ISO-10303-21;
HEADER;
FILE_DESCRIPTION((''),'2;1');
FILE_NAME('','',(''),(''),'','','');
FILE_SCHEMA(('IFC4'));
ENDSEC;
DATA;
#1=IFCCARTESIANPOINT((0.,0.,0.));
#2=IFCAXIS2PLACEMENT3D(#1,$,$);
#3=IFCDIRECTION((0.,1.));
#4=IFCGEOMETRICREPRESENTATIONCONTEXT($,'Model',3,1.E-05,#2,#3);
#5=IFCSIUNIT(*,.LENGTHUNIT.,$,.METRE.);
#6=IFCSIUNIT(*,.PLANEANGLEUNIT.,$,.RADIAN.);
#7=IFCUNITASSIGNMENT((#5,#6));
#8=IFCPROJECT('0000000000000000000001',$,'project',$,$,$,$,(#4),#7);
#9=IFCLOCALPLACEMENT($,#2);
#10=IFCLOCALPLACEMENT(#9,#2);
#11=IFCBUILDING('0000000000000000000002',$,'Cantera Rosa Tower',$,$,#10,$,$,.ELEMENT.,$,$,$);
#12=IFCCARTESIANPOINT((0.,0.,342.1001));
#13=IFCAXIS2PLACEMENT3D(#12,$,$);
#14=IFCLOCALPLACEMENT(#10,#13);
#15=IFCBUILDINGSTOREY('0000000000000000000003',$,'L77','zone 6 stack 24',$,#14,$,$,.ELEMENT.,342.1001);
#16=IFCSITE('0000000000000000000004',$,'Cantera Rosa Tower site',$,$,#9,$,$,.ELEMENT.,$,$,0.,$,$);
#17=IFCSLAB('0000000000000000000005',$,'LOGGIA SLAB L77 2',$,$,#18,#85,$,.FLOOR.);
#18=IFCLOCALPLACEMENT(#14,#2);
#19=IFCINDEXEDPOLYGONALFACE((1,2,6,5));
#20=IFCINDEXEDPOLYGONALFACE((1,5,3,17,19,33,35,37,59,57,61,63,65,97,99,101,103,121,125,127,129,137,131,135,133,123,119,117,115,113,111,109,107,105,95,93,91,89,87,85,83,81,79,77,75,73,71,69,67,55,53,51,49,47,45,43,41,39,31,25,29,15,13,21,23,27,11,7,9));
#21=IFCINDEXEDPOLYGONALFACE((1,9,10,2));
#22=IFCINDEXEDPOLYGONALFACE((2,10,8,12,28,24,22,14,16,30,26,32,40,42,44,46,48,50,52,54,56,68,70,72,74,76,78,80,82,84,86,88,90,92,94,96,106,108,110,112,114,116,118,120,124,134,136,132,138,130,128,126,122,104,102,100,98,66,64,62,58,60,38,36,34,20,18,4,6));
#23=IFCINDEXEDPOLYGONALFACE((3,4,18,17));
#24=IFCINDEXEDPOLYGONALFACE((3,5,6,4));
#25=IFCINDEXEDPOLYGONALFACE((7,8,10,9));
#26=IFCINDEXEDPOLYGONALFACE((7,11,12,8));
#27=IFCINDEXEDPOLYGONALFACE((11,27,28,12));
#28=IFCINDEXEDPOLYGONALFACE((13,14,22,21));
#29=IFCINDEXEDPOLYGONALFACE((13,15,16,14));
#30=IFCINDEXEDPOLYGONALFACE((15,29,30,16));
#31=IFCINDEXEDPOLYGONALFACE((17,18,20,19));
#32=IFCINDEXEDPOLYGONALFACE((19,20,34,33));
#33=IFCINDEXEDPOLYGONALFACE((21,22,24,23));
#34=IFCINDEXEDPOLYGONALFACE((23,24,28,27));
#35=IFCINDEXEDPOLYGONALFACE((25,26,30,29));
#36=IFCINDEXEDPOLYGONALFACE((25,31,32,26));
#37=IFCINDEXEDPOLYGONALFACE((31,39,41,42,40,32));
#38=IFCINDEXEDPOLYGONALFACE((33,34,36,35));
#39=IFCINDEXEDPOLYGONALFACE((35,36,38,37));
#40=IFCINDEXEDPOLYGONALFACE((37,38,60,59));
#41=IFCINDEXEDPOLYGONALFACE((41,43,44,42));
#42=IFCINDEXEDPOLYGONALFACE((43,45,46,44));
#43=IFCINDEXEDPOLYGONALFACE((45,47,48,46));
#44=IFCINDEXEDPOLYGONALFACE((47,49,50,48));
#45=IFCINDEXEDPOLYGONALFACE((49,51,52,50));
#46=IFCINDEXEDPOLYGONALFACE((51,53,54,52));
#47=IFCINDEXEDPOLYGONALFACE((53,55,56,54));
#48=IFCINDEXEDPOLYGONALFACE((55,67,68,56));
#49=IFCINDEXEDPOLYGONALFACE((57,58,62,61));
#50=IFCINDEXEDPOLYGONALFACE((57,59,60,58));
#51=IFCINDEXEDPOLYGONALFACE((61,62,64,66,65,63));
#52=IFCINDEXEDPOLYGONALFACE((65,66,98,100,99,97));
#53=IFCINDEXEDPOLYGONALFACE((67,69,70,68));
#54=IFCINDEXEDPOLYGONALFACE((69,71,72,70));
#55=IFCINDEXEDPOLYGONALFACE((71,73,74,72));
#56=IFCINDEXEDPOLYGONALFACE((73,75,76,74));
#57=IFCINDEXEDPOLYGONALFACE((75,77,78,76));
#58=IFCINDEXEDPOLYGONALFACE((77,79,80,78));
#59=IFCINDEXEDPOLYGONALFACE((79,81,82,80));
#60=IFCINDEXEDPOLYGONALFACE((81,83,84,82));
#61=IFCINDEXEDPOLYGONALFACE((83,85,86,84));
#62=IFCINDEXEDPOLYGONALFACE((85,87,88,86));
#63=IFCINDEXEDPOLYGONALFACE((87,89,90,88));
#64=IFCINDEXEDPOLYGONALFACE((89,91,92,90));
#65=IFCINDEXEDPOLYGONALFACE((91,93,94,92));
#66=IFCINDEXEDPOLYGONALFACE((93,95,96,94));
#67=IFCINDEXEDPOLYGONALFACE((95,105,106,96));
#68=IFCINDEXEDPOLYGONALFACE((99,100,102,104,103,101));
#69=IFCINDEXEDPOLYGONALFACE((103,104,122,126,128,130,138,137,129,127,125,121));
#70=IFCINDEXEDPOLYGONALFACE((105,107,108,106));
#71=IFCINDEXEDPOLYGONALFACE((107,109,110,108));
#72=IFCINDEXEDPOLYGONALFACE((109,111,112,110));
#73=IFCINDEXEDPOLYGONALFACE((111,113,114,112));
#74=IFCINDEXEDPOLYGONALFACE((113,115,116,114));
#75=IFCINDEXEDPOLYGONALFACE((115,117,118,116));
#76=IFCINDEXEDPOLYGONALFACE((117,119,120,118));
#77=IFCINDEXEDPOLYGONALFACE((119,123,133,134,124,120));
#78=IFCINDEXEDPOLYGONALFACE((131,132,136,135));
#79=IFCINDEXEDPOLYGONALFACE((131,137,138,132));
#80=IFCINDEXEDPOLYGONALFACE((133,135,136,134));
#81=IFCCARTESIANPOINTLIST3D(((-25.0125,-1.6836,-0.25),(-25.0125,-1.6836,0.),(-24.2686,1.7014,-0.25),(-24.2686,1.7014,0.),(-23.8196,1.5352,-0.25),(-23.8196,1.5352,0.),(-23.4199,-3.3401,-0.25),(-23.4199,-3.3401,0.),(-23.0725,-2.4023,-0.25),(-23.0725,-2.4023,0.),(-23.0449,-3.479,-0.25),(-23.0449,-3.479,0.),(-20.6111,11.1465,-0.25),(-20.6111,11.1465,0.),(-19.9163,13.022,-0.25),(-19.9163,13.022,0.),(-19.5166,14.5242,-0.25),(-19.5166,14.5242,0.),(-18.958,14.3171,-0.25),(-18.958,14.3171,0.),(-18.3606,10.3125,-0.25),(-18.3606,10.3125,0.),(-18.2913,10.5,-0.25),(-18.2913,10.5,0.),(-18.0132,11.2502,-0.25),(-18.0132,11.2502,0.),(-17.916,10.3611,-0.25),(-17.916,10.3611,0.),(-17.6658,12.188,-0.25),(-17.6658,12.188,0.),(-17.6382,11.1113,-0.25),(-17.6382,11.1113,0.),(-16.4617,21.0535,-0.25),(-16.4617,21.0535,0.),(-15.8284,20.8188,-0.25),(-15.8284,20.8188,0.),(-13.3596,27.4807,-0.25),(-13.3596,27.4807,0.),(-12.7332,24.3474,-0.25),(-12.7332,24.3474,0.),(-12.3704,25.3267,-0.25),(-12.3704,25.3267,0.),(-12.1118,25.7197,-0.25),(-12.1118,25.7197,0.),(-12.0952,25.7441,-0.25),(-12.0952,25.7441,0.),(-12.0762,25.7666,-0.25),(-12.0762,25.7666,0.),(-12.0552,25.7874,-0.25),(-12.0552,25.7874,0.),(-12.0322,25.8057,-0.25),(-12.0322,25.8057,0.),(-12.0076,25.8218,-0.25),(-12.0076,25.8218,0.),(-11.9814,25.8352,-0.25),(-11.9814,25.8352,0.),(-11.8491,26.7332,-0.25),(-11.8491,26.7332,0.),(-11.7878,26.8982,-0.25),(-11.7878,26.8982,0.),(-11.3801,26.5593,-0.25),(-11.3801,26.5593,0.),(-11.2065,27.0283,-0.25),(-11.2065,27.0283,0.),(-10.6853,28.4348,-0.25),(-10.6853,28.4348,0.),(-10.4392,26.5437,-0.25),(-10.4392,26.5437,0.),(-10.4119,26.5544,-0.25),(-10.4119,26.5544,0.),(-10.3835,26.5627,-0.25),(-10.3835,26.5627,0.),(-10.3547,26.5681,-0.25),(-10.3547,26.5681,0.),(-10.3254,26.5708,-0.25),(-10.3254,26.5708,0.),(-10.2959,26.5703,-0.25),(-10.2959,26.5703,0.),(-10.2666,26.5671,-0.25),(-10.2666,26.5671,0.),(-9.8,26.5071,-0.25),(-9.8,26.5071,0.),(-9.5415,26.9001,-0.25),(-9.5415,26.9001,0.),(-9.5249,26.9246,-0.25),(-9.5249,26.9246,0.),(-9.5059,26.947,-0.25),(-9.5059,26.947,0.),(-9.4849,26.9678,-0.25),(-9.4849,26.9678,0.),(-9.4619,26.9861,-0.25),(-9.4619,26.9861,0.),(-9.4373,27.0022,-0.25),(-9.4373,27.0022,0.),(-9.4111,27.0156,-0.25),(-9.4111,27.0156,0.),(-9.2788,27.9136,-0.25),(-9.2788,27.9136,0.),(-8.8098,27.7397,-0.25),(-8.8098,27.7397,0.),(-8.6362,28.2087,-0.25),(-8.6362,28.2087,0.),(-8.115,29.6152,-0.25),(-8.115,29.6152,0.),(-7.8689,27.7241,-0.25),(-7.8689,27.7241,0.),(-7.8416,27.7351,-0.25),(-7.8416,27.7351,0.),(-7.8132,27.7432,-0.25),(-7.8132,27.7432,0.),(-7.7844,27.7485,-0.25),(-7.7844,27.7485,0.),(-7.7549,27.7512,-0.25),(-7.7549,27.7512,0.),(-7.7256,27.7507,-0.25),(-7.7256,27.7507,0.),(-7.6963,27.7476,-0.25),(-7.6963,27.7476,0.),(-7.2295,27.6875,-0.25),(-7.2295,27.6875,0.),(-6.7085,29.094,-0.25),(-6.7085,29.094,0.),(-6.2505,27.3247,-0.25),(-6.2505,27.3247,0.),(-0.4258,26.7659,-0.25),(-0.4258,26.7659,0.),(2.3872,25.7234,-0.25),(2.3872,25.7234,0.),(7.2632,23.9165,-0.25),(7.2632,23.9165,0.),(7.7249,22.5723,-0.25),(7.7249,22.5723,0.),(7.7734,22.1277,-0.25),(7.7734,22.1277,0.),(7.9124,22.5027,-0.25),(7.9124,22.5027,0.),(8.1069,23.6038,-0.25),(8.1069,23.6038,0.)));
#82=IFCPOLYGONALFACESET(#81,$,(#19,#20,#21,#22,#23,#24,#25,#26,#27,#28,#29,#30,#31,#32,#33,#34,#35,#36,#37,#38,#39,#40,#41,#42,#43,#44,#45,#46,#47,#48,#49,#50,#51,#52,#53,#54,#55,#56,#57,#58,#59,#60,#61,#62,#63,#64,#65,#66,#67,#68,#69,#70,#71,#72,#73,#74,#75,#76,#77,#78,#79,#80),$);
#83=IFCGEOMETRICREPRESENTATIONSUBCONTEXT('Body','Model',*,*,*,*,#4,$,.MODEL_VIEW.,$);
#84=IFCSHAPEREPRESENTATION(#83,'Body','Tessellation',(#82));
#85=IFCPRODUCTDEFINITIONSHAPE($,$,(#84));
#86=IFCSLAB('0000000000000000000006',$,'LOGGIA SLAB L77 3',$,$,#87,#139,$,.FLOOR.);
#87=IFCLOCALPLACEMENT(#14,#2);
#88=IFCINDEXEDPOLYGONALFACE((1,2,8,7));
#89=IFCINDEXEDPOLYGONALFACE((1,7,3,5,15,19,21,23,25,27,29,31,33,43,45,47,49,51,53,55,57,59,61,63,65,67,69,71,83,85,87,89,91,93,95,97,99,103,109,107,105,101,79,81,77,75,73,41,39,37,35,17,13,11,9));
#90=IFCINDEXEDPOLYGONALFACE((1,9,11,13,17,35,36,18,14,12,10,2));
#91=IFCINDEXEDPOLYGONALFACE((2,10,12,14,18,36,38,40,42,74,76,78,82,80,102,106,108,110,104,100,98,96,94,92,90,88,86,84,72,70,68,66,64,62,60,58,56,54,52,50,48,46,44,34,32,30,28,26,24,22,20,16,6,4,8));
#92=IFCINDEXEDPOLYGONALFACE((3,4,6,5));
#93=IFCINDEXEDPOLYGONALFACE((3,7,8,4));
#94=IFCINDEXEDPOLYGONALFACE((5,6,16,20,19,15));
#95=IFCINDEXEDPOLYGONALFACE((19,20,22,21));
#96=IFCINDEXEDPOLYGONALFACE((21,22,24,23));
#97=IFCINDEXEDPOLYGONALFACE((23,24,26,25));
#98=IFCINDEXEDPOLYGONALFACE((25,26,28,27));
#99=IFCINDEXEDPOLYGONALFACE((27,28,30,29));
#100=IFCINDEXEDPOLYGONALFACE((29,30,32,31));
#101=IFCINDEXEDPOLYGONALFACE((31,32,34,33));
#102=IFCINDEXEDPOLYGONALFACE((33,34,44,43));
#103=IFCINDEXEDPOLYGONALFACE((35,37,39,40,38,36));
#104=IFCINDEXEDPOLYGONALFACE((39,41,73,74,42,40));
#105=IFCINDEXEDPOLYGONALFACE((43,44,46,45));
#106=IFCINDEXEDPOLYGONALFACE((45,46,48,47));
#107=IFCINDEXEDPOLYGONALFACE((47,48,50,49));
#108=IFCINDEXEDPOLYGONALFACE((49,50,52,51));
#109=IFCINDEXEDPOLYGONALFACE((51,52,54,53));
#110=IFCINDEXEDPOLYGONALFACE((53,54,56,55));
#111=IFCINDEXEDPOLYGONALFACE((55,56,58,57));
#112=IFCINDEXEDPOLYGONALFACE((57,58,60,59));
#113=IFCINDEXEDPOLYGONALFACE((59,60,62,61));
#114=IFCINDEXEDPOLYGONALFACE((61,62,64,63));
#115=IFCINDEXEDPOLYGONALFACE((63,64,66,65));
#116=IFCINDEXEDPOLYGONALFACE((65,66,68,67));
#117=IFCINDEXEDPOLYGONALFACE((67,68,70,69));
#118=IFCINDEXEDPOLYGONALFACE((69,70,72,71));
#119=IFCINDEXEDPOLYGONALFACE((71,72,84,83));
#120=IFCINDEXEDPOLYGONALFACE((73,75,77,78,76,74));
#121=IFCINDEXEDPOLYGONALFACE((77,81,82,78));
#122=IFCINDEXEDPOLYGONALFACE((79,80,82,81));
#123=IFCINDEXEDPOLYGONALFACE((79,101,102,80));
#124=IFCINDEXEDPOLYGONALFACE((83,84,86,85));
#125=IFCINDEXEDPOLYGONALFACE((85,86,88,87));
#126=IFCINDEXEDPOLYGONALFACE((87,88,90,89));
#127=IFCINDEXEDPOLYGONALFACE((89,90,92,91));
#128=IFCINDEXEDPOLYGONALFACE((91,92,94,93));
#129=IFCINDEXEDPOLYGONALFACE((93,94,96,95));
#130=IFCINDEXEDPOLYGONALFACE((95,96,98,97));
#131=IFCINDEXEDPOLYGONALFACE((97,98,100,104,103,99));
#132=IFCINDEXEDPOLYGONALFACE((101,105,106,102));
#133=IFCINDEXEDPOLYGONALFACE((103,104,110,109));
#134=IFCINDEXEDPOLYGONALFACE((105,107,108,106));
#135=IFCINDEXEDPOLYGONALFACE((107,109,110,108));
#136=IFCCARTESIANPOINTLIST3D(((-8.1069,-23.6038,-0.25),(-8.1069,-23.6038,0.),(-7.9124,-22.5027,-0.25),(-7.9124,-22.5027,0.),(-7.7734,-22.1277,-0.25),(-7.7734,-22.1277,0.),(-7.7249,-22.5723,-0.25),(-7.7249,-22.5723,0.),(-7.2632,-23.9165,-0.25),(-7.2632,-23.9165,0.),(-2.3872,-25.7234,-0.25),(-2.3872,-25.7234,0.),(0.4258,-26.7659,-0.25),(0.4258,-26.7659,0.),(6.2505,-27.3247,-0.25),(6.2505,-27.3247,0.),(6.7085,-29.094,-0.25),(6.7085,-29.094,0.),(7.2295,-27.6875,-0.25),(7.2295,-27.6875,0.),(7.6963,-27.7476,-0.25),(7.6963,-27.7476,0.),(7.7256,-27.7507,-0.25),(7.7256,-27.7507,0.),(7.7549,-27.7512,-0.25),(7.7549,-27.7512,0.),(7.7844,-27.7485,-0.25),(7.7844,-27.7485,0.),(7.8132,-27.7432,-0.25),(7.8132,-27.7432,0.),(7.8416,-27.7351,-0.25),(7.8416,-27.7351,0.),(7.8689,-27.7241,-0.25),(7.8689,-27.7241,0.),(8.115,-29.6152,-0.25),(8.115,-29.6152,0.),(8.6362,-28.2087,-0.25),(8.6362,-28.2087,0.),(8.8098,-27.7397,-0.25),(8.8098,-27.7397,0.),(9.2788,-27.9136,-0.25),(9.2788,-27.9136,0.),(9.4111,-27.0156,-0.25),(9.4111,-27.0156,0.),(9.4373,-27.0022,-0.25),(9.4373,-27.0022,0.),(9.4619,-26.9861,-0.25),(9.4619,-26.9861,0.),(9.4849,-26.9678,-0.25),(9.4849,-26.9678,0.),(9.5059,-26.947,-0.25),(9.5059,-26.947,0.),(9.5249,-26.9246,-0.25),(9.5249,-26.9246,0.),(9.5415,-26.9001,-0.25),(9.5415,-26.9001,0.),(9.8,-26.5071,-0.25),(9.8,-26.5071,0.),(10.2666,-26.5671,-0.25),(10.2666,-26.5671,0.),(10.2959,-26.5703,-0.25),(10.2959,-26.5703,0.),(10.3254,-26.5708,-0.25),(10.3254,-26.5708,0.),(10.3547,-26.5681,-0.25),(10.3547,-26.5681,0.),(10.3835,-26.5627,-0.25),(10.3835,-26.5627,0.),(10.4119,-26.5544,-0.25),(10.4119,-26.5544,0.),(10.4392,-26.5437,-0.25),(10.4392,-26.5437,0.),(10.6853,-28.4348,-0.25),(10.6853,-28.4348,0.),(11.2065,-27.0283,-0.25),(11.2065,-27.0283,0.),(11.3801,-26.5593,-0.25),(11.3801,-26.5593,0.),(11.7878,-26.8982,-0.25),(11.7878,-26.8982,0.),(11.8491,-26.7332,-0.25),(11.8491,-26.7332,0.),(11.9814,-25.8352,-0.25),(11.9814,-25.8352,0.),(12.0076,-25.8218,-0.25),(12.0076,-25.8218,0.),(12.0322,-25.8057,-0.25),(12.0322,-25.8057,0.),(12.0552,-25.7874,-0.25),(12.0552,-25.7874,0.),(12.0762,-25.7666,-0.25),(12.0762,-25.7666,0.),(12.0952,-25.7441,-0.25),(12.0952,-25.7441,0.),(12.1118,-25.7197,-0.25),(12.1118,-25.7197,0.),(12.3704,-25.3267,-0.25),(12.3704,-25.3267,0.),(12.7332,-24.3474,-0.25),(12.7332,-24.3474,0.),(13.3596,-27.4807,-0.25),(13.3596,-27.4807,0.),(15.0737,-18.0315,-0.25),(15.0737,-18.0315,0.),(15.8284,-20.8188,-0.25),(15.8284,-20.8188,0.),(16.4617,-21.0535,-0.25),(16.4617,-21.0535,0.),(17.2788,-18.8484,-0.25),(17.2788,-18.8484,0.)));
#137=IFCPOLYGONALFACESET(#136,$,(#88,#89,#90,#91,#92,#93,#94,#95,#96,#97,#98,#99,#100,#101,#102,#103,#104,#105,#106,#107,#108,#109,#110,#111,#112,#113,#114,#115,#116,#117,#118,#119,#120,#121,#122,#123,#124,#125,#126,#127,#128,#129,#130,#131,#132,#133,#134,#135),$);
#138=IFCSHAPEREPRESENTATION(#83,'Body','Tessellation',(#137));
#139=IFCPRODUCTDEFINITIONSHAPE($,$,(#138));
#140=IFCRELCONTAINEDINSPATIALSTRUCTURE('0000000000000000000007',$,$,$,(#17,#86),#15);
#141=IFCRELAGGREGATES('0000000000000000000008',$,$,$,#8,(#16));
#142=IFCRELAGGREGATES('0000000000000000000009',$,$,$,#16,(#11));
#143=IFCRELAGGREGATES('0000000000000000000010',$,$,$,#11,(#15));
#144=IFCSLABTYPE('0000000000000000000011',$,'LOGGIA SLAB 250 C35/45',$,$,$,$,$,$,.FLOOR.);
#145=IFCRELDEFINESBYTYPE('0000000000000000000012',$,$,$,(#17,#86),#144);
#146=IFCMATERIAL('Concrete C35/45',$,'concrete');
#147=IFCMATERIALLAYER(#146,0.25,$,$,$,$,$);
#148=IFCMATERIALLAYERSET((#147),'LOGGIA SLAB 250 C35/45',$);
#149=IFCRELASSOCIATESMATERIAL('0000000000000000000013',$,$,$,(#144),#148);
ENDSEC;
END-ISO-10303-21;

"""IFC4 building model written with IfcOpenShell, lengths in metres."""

from ifc_helpers import new_model, si_unit, direction, frame, origin, place, context, subcontext, project, spatial, polyline, outline, extrude, material, layer, layer_set, type_object, element, save


model = new_model("IFC4")

# Units and contexts
model_context = context("Model", 3, precision=1e-05, world=origin(), true_north=direction((0.0, 1.0)))
body_context = subcontext(model_context, "Body", "Model", "MODEL_VIEW")
ifc_project = project(units=[si_unit("LENGTHUNIT", "METRE"), si_unit("PLANEANGLEUNIT", "RADIAN")], contexts=[model_context])

# Site, building, storey
site_placement = place(None, origin())
site = spatial("IfcSite", under=ifc_project, at=site_placement, Name="Cantera Rosa Tower site", CompositionType="ELEMENT", RefElevation=0.0)
building_placement = place(site_placement, origin())
building = spatial("IfcBuilding", under=site, at=building_placement, Name="Cantera Rosa Tower", CompositionType="ELEMENT")
storey_placement = place(building_placement, frame((0.0, 0.0, 342.1001)))
storey = spatial("IfcBuildingStorey", under=building, at=storey_placement, Name="L77", Description="zone 6 stack 24", CompositionType="ELEMENT", Elevation=342.1001)

# Slabs
ifc_material_1 = material(Name="Concrete C35/45", Category="concrete")
ifc_layer_1 = layer(ifc_material_1, 0.25)
ifc_layer_set_1 = layer_set([ifc_layer_1], Name="LOGGIA SLAB 250 C35/45")
slab_type_1 = type_object("IfcSlabType", Name="LOGGIA SLAB 250 C35/45", PredefinedType="FLOOR", material=ifc_layer_set_1)
slab_1_placement = place(storey_placement, frame((0.0, 0.0, -0.25)))
element("IfcSlab", 1, at=slab_1_placement, inside=storey, type_object=slab_type_1, Name="LOGGIA SLAB L77 2", PredefinedType="FLOOR", context=body_context, shape_type="SweptSolid", body=[
    extrude(outline(polyline([(-19.5166, 14.5242), (-18.958, 14.3171), (-16.4617, 21.0535), (-15.8284, 20.8188), (-13.3596, 27.4807), (-11.7878, 26.8982), (-11.8491, 26.7332), (-11.3801, 26.5593), (-11.2065, 27.0283), (-10.6853, 28.4348), (-9.2788, 27.9136), (-8.8098, 27.7397), (-8.6362, 28.2087), (-8.115, 29.6152), (-6.7085, 29.094), (-0.4258, 26.7659), (2.3872, 25.7234), (7.2632, 23.9165), (8.1069, 23.6038), (7.7249, 22.5723), (7.9124, 22.5027), (7.7734, 22.1277), (-6.2505, 27.3247), (-7.2295, 27.6875), (-7.6963, 27.7476), (-7.7256, 27.7507), (-7.7549, 27.7512), (-7.7844, 27.7485), (-7.8132, 27.7432), (-7.8416, 27.7351), (-7.8689, 27.7241), (-9.4111, 27.0156), (-9.4373, 27.0022), (-9.4619, 26.9861), (-9.4849, 26.9678), (-9.5059, 26.947), (-9.5249, 26.9246), (-9.5415, 26.9001), (-9.8, 26.5071), (-10.2666, 26.5671), (-10.2959, 26.5703), (-10.3254, 26.5708), (-10.3547, 26.5681), (-10.3835, 26.5627), (-10.4119, 26.5544), (-10.4392, 26.5437), (-11.9814, 25.8352), (-12.0076, 25.8218), (-12.0322, 25.8057), (-12.0552, 25.7874), (-12.0762, 25.7666), (-12.0952, 25.7441), (-12.1118, 25.7197), (-12.3704, 25.3267), (-12.7332, 24.3474), (-17.6382, 11.1113), (-18.0132, 11.2502), (-17.6658, 12.188), (-19.9163, 13.022), (-20.6111, 11.1465), (-18.3606, 10.3125), (-18.2913, 10.5), (-17.916, 10.3611), (-23.0449, -3.479), (-23.4199, -3.3401), (-23.0725, -2.4023), (-25.0125, -1.6836), (-23.8196, 1.5352), (-24.2686, 1.7014), (-19.5166, 14.5242)])), origin(), (0.0, 0.0, 1.0), 0.25),
])
slab_2_placement = place(storey_placement, frame((0.0, 0.0, -0.25)))
element("IfcSlab", 2, at=slab_2_placement, inside=storey, type_object=slab_type_1, Name="LOGGIA SLAB L77 3", PredefinedType="FLOOR", context=body_context, shape_type="SweptSolid", body=[
    extrude(outline(polyline([(11.7878, -26.8982), (11.8491, -26.7332), (11.3801, -26.5593), (11.2065, -27.0283), (10.6853, -28.4348), (9.2788, -27.9136), (8.8098, -27.7397), (8.6362, -28.2087), (8.115, -29.6152), (6.7085, -29.094), (0.4258, -26.7659), (-2.3872, -25.7234), (-7.2632, -23.9165), (-8.1069, -23.6038), (-7.7249, -22.5723), (-7.9124, -22.5027), (-7.7734, -22.1277), (6.2505, -27.3247), (7.2295, -27.6875), (7.6963, -27.7476), (7.7256, -27.7507), (7.7549, -27.7512), (7.7844, -27.7485), (7.8132, -27.7432), (7.8416, -27.7351), (7.8689, -27.7241), (9.4111, -27.0156), (9.4373, -27.0022), (9.4619, -26.9861), (9.4849, -26.9678), (9.5059, -26.947), (9.5249, -26.9246), (9.5415, -26.9001), (9.8, -26.5071), (10.2666, -26.5671), (10.2959, -26.5703), (10.3254, -26.5708), (10.3547, -26.5681), (10.3835, -26.5627), (10.4119, -26.5544), (10.4392, -26.5437), (11.9814, -25.8352), (12.0076, -25.8218), (12.0322, -25.8057), (12.0552, -25.7874), (12.0762, -25.7666), (12.0952, -25.7441), (12.1118, -25.7197), (12.3704, -25.3267), (12.7332, -24.3474), (15.0737, -18.0315), (17.2788, -18.8484), (16.4617, -21.0535), (15.8284, -20.8188), (13.3596, -27.4807), (11.7878, -26.8982)])), origin(), (0.0, 0.0, 1.0), 0.25),
])

save(model, "model.ifc")
